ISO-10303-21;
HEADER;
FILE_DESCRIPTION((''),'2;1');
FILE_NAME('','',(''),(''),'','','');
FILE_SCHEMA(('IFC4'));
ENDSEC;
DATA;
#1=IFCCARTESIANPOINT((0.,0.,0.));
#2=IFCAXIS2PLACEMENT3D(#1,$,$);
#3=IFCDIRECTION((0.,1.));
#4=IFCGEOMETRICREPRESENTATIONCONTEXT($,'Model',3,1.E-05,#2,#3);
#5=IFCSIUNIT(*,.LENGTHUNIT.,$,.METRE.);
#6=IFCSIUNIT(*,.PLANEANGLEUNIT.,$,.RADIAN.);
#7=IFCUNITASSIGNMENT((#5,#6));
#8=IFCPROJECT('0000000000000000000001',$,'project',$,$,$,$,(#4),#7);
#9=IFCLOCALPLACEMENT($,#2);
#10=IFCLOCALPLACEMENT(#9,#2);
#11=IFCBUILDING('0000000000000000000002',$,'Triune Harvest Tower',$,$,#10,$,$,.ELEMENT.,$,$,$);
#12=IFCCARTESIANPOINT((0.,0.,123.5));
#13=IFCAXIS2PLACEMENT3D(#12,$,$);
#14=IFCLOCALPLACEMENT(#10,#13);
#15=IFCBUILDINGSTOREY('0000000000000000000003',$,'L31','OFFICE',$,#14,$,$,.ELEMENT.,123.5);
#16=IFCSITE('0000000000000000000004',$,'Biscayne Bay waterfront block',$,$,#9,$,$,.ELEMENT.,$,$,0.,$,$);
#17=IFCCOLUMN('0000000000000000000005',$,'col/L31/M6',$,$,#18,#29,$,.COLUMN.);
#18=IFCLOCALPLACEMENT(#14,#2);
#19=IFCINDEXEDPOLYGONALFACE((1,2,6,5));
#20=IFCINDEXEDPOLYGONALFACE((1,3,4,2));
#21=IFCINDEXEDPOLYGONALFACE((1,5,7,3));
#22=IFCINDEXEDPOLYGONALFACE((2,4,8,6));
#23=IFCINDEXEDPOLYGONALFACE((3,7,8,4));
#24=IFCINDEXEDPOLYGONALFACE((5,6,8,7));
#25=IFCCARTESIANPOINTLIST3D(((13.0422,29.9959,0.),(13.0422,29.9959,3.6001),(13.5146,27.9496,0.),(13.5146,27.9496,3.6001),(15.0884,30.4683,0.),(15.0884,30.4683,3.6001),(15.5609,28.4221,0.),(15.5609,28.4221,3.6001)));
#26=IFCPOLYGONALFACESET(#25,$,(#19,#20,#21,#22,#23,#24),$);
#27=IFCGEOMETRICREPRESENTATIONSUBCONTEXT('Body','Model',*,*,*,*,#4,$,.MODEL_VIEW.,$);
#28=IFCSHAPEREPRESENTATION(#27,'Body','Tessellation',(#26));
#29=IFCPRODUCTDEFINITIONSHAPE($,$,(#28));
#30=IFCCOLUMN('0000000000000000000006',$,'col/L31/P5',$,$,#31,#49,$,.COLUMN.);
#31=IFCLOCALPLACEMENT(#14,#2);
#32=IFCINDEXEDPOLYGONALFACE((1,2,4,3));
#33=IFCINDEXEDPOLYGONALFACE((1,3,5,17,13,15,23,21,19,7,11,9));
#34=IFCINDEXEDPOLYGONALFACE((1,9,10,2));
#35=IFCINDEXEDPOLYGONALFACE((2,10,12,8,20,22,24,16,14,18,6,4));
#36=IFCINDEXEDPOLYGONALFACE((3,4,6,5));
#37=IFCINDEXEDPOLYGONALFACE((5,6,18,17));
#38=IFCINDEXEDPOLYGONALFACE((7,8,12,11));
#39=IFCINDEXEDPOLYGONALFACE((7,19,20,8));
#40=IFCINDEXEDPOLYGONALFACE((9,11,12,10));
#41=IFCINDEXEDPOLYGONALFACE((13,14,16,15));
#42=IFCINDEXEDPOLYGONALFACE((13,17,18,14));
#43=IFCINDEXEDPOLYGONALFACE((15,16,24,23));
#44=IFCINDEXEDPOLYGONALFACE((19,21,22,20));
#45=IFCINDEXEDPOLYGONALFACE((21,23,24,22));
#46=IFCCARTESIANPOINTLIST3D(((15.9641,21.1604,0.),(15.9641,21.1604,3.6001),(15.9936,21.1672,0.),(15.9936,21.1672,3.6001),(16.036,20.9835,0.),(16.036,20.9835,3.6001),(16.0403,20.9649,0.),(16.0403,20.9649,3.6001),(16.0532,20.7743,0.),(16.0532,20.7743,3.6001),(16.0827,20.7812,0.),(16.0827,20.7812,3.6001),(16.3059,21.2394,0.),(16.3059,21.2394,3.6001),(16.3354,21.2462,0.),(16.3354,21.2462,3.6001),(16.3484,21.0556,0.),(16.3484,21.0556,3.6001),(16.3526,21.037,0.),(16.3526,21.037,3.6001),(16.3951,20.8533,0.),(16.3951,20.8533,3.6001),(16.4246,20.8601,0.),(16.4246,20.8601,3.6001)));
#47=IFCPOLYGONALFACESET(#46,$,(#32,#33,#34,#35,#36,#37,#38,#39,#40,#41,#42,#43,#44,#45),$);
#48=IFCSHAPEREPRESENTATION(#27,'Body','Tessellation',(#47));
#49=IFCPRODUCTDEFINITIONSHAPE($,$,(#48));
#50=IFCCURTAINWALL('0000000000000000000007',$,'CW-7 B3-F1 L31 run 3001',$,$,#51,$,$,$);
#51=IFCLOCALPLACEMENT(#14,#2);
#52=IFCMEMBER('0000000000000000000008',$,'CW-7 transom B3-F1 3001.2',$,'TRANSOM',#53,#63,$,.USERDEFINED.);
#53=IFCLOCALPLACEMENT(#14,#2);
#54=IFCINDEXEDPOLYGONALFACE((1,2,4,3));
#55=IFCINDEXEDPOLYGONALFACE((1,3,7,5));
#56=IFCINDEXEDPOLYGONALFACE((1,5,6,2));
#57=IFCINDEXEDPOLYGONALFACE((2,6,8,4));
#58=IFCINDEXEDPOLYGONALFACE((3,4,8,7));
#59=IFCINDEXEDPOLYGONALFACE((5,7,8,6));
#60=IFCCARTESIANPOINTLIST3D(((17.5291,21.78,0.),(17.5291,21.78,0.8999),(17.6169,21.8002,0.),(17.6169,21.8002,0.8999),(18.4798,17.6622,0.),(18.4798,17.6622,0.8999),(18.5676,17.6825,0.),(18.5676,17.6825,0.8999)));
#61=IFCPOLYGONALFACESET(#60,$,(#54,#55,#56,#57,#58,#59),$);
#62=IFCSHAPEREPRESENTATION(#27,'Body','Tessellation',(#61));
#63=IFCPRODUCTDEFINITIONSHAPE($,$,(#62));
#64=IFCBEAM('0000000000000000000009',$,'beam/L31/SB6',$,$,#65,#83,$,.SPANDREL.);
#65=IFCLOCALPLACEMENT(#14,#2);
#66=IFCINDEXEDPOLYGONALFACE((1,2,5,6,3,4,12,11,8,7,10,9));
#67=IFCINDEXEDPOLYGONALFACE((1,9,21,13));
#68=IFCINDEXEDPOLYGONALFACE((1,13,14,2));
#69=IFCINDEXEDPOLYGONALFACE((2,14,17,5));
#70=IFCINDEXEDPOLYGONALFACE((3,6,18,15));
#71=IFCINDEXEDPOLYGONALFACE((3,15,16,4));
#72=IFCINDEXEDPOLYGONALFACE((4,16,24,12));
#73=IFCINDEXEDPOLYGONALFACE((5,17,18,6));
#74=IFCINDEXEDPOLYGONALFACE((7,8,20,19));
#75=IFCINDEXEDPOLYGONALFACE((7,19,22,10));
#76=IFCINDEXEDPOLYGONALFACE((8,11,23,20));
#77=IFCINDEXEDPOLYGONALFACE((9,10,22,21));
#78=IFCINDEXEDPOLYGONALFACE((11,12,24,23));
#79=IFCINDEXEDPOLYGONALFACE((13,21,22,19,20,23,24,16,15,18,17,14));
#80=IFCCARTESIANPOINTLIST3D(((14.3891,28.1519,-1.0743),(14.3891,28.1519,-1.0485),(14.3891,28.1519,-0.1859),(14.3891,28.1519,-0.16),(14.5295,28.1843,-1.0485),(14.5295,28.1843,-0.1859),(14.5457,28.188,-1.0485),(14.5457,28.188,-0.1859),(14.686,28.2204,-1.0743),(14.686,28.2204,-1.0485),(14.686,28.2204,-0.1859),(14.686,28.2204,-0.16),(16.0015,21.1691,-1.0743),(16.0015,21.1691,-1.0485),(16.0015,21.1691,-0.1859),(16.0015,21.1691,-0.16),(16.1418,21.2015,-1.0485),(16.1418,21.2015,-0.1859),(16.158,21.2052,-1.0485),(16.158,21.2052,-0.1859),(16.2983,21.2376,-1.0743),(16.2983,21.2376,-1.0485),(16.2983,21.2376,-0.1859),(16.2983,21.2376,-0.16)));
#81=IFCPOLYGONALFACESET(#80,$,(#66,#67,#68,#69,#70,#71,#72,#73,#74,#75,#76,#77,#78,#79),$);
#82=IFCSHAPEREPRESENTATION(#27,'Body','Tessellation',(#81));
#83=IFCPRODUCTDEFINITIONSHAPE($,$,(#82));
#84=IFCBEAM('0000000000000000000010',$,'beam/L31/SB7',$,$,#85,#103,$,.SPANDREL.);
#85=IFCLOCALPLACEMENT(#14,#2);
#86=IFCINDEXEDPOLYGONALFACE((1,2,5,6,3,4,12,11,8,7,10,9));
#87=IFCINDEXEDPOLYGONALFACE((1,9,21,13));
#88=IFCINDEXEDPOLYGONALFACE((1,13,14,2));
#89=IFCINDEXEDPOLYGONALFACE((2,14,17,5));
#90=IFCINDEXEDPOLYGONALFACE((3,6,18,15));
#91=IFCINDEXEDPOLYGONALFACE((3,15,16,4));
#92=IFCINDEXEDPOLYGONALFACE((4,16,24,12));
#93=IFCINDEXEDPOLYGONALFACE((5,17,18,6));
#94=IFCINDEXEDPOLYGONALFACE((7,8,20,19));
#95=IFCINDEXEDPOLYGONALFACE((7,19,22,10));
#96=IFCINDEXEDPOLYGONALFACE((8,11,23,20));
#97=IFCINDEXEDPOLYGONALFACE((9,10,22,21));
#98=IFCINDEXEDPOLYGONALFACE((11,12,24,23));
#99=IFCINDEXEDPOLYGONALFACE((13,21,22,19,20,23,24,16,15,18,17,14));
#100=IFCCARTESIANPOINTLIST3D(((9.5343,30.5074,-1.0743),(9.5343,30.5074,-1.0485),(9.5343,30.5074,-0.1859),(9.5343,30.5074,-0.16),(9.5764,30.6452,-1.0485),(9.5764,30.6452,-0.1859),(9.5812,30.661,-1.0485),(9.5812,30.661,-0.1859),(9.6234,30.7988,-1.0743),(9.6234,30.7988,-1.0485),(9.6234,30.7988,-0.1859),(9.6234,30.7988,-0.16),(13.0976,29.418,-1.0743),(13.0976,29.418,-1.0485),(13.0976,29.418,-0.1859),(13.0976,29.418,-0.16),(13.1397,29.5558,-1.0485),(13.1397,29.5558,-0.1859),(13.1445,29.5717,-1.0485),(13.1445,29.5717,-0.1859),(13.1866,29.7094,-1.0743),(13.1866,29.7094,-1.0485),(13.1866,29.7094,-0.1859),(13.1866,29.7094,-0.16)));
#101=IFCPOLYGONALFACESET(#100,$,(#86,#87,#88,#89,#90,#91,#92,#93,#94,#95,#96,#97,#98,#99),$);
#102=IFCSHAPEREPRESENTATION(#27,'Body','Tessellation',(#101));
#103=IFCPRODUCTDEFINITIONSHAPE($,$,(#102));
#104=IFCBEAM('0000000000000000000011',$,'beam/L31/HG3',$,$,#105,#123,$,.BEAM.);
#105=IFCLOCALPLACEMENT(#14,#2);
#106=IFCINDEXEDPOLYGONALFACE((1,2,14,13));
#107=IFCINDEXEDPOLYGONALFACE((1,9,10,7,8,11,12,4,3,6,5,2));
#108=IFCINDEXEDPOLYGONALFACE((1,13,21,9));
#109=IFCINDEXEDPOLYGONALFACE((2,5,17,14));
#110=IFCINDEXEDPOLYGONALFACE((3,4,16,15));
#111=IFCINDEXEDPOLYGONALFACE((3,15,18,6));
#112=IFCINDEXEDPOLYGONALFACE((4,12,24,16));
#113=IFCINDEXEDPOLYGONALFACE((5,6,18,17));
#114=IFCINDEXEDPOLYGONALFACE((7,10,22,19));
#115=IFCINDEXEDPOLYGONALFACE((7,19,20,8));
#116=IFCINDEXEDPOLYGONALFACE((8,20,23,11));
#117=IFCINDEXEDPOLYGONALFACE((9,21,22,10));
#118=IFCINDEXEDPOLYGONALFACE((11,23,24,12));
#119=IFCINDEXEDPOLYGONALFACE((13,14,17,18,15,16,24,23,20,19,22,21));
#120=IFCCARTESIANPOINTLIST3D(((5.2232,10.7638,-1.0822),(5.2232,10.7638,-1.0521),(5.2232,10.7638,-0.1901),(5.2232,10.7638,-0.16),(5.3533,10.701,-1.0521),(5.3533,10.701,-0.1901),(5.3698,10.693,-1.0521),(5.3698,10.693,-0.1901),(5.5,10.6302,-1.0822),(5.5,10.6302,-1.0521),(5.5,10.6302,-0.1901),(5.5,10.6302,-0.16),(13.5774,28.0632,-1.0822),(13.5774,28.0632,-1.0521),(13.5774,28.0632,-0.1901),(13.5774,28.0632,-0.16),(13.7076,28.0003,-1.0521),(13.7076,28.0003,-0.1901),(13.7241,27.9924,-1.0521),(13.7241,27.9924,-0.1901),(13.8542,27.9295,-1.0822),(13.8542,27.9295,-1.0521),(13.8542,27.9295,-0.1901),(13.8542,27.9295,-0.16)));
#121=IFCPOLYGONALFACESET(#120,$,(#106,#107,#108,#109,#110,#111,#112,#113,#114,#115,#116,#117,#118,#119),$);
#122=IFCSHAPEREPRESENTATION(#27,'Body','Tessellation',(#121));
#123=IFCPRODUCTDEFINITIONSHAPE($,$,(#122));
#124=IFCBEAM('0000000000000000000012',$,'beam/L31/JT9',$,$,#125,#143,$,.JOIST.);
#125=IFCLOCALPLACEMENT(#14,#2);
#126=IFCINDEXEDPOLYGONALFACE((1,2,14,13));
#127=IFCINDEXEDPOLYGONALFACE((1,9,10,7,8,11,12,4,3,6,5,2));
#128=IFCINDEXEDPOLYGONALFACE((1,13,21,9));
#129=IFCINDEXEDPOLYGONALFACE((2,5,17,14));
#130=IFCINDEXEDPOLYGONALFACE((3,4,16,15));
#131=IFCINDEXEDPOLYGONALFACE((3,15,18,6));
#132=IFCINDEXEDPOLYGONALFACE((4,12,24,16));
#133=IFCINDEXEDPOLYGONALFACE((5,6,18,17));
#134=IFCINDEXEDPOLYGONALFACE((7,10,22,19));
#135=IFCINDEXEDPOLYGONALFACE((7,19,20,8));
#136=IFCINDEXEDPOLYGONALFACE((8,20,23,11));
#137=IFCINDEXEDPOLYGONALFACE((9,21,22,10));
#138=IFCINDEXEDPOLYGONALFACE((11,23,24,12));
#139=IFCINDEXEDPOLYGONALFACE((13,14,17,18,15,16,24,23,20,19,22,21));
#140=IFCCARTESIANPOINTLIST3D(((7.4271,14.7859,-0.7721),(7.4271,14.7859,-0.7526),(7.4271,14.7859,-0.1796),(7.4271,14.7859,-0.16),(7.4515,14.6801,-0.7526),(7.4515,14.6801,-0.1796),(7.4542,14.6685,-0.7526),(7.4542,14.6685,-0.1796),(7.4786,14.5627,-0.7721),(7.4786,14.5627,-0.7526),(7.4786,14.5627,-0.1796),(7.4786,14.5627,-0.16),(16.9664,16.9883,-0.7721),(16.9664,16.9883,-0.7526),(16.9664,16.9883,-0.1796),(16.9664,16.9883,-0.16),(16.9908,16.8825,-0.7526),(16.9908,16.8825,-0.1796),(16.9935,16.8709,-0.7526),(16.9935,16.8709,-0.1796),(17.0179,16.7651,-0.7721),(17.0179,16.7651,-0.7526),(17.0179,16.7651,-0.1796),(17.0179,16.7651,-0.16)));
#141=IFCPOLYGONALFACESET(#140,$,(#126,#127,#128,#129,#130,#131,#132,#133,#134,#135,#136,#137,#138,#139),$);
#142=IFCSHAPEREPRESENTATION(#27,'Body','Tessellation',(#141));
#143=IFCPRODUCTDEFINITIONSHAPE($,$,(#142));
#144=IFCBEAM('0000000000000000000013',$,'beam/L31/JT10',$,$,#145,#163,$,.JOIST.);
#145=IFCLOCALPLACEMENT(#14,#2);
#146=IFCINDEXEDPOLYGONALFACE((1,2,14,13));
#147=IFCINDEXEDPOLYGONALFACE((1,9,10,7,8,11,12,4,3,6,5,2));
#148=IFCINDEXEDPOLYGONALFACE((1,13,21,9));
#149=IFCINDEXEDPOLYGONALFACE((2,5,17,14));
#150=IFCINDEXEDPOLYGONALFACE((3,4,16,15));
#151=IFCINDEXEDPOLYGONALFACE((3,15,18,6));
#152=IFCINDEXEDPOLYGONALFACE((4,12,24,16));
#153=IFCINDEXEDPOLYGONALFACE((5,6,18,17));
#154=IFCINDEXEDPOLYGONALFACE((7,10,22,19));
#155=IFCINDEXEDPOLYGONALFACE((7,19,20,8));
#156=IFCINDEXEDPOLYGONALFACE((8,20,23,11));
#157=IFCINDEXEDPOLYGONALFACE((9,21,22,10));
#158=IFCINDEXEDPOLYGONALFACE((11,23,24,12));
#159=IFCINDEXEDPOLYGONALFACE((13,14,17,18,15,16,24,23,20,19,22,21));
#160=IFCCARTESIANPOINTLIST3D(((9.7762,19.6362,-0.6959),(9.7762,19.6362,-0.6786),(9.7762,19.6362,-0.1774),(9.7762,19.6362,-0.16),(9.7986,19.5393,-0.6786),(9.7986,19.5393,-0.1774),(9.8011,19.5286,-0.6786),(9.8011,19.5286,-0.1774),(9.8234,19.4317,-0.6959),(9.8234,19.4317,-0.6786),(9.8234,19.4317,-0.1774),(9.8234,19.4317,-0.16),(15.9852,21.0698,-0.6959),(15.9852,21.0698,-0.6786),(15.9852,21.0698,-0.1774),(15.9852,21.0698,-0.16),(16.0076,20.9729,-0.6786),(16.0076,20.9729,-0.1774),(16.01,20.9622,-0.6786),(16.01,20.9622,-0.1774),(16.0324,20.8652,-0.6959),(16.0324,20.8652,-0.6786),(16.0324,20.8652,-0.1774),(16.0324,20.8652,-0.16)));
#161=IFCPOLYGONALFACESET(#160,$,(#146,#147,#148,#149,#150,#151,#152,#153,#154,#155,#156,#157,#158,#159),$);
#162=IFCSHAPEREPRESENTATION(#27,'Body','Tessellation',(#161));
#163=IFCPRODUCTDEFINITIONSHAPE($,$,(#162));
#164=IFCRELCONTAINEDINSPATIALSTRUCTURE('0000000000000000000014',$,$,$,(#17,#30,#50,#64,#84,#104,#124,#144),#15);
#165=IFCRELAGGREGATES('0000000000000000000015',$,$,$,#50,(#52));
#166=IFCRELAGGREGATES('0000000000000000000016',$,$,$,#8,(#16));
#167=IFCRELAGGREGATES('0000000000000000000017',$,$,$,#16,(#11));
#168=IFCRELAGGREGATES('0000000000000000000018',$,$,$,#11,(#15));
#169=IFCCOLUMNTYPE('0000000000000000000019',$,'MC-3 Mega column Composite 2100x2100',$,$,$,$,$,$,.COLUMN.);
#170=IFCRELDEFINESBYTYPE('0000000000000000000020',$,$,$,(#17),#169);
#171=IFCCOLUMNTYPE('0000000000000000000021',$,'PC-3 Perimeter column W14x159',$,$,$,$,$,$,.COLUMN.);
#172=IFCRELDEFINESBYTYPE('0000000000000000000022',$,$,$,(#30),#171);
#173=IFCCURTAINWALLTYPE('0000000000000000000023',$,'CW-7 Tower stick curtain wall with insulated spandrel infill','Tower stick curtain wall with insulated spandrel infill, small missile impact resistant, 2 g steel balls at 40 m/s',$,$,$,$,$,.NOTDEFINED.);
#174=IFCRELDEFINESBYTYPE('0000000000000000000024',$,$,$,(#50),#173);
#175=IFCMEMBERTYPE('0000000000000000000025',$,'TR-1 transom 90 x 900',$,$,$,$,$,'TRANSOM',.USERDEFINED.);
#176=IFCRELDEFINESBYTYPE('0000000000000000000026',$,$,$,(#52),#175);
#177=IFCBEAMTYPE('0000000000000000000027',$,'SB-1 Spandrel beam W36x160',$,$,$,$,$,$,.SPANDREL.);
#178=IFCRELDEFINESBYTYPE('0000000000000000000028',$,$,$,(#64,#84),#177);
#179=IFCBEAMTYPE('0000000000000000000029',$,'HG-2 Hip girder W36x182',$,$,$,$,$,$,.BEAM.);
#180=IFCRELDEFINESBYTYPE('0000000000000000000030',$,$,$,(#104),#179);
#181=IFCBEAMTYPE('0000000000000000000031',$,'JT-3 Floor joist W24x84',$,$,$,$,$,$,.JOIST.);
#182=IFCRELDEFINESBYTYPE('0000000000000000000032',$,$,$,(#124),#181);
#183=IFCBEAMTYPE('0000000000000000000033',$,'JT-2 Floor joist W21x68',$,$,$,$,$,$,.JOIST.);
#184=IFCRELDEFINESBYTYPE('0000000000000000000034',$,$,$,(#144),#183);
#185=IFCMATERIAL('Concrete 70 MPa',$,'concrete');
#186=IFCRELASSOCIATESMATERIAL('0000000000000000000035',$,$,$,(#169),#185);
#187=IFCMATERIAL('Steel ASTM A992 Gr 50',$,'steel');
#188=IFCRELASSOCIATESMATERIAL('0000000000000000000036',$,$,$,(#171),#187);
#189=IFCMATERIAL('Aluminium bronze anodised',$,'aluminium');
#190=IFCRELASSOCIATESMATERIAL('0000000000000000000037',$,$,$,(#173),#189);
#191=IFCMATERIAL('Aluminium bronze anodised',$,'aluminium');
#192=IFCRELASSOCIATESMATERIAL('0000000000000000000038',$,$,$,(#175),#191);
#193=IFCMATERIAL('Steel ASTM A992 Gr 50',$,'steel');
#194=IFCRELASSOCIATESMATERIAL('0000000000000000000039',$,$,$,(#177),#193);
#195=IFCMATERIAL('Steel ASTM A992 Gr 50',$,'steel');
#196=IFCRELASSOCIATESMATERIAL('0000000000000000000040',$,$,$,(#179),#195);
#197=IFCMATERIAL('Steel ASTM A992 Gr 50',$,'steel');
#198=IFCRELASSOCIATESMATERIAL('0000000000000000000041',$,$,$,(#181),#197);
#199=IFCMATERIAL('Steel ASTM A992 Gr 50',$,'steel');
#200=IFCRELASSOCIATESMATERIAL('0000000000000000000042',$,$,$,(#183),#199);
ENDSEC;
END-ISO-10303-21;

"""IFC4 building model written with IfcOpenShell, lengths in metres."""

from ifc_helpers import new_model, si_unit, direction, frame, origin, origin_2d, place, context, subcontext, project, spatial, rectangle, i_section, extrude, source, transform, mapped, material, material_profile, profile_set, type_object, element, aggregate, save


model = new_model("IFC4")

# Units and contexts
model_context = context("Model", 3, precision=1e-05, world=origin(), true_north=direction((0.0, 1.0)))
body_context = subcontext(model_context, "Body", "Model", "MODEL_VIEW")
ifc_project = project(units=[si_unit("LENGTHUNIT", "METRE"), si_unit("PLANEANGLEUNIT", "RADIAN")], contexts=[model_context])

# Site, building, storey
site_placement = place(None, origin())
site = spatial("IfcSite", under=ifc_project, at=site_placement, Name="Biscayne Bay waterfront block", CompositionType="ELEMENT", RefElevation=0.0)
building_placement = place(site_placement, origin())
building = spatial("IfcBuilding", under=site, at=building_placement, Name="Triune Harvest Tower", CompositionType="ELEMENT")
storey_placement = place(building_placement, frame((0.0, 0.0, 123.5)))
storey = spatial("IfcBuildingStorey", under=building, at=storey_placement, Name="L31", Description="OFFICE", CompositionType="ELEMENT", Elevation=123.5)

# Columns
ifc_material_1 = material(Name="Concrete 70 MPa", Category="concrete")
ifc_material_profile_1 = material_profile(ifc_material_1, rectangle(XDim=2.1001, YDim=2.1001, at=origin_2d()), Name="Composite 2100x2100")
ifc_profile_set_1 = profile_set([ifc_material_profile_1], Name="Concrete 70 MPa")
column_type_1 = type_object("IfcColumnType", Name="MC-3 Mega column Composite 2100x2100", PredefinedType="COLUMN", material=ifc_profile_set_1)
shared_shape_1 = source(origin(), body_context, "Body", "SweptSolid", [
    extrude(rectangle(XDim=2.1001, YDim=2.1001, at=origin_2d()), origin(), (0.0, 0.0, 1.0), 3.6001),
])
column_1_placement = place(storey_placement, frame((14.3015, 29.209, 0.0), z_axis=(0.0, 0.0, 1.0), x_axis=(-0.224953, 0.97437, 0.0)))
element("IfcColumn", 1, at=column_1_placement, inside=storey, type_object=column_type_1, Name="col/L31/M6", PredefinedType="COLUMN", context=body_context, shape_type="MappedRepresentation", body=[
    mapped(shared_shape_1, transform((0.0, 0.0, 0.0), scale=1.0)),
])
ifc_material_2 = material(Name="Steel ASTM A992 Gr 50", Category="steel")
ifc_material_profile_2 = material_profile(ifc_material_2, i_section(OverallWidth=0.3962, OverallDepth=0.3811, WebThickness=0.019, FlangeThickness=0.0303, at=origin_2d()), Name="W14x159")
ifc_profile_set_2 = profile_set([ifc_material_profile_2], Name="Steel ASTM A992 Gr 50")
column_type_2 = type_object("IfcColumnType", Name="PC-3 Perimeter column W14x159", PredefinedType="COLUMN", material=ifc_profile_set_2)
shared_shape_2 = source(origin(), body_context, "Body", "SweptSolid", [
    extrude(i_section(OverallWidth=0.3962, OverallDepth=0.3811, WebThickness=0.019, FlangeThickness=0.0303, at=origin_2d()), origin(), (0.0, 0.0, 1.0), 3.6001),
])
column_2_placement = place(storey_placement, frame((16.1943, 21.0103, 0.0), z_axis=(0.0, 0.0, 1.0), x_axis=(-0.224953, 0.97437, 0.0)))
element("IfcColumn", 2, at=column_2_placement, inside=storey, type_object=column_type_2, Name="col/L31/P5", PredefinedType="COLUMN", context=body_context, shape_type="MappedRepresentation", body=[
    mapped(shared_shape_2, transform((0.0, 0.0, 0.0), scale=1.0)),
])

# Curtain wall, member
ifc_material_3 = material(Name="Aluminium bronze anodised", Category="aluminium")
curtain_wall_type_1 = type_object("IfcCurtainWallType", Name="CW-7 Tower stick curtain wall with insulated spandrel infill", Description="Tower stick curtain wall with insulated spandrel infill, small missile impact resistant, 2 g steel balls at 40 m/s", PredefinedType="NOTDEFINED", material=ifc_material_3)
curtain_wall_1_placement = place(storey_placement, origin())
curtain_wall_1 = element("IfcCurtainWall", 3, at=curtain_wall_1_placement, inside=storey, type_object=curtain_wall_type_1, Name="CW-7 B3-F1 L31 run 3001")
ifc_material_4 = material(Name="Aluminium bronze anodised", Category="aluminium")
ifc_material_profile_3 = material_profile(ifc_material_4, rectangle(XDim=0.0901, YDim=0.8999, at=origin_2d()), Name="TR-1 transom 90 x 900")
ifc_profile_set_3 = profile_set([ifc_material_profile_3], Name="Aluminium bronze anodised")
member_type_1 = type_object("IfcMemberType", Name="TR-1 transom 90 x 900", ElementType="TRANSOM", PredefinedType="USERDEFINED", material=ifc_profile_set_3)
member_1_placement = place(storey_placement, frame((18.5237, 17.6724, 0.45), z_axis=(-0.224961, 0.974368, 0.0), x_axis=(-0.974368, -0.224961, 0.0)))
member_1 = element("IfcMember", 4, at=member_1_placement, type_object=member_type_1, Name="CW-7 transom B3-F1 3001.2", ObjectType="TRANSOM", PredefinedType="USERDEFINED", context=body_context, shape_type="SweptSolid", body=[
    extrude(rectangle(XDim=0.0901, YDim=0.8999, at=origin_2d()), origin(), (0.0, 0.0, 1.0), 4.2261),
])

# Beams
ifc_material_5 = material(Name="Steel ASTM A992 Gr 50", Category="steel")
ifc_material_profile_4 = material_profile(ifc_material_5, i_section(OverallWidth=0.3047, OverallDepth=0.9143, WebThickness=0.0166, FlangeThickness=0.0259, at=origin_2d()), Name="W36x160")
ifc_profile_set_4 = profile_set([ifc_material_profile_4], Name="Steel ASTM A992 Gr 50")
beam_type_1 = type_object("IfcBeamType", Name="SB-1 Spandrel beam W36x160", PredefinedType="SPANDREL", material=ifc_profile_set_4)
shared_shape_3 = source(origin(), body_context, "Body", "SweptSolid", [
    extrude(i_section(OverallWidth=0.3047, OverallDepth=0.9143, WebThickness=0.0166, FlangeThickness=0.0259, at=origin_2d()), origin(), (0.0, 0.0, 1.0), 7.1665),
])
beam_1_placement = place(storey_placement, frame((16.1499, 21.2034, -0.6172), z_axis=(-0.224981, 0.974363, 0.0), x_axis=(-0.974363, -0.224981, 0.0)))
element("IfcBeam", 5, at=beam_1_placement, inside=storey, type_object=beam_type_1, Name="beam/L31/SB6", PredefinedType="SPANDREL", context=body_context, shape_type="MappedRepresentation", body=[
    mapped(shared_shape_3, transform((0.0, 0.0, 0.0), scale=1.0)),
])
shared_shape_4 = source(origin(), body_context, "Body", "SweptSolid", [
    extrude(i_section(OverallWidth=0.3047, OverallDepth=0.9143, WebThickness=0.0166, FlangeThickness=0.0259, at=origin_2d()), origin(), (0.0, 0.0, 1.0), 3.7261),
])
beam_2_placement = place(storey_placement, frame((13.1421, 29.5637, -0.6172), z_axis=(-0.956307, 0.292363, 0.0), x_axis=(-0.292363, -0.956307, 0.0)))
element("IfcBeam", 6, at=beam_2_placement, inside=storey, type_object=beam_type_1, Name="beam/L31/SB7", PredefinedType="SPANDREL", context=body_context, shape_type="MappedRepresentation", body=[
    mapped(shared_shape_4, transform((0.0, 0.0, 0.0), scale=1.0)),
])
ifc_material_6 = material(Name="Steel ASTM A992 Gr 50", Category="steel")
ifc_material_profile_5 = material_profile(ifc_material_6, i_section(OverallWidth=0.3074, OverallDepth=0.9221, WebThickness=0.0183, FlangeThickness=0.03, at=origin_2d()), Name="W36x182")
ifc_profile_set_5 = profile_set([ifc_material_profile_5], Name="Steel ASTM A992 Gr 50")
beam_type_2 = type_object("IfcBeamType", Name="HG-2 Hip girder W36x182", PredefinedType="BEAM", material=ifc_profile_set_5)
shared_shape_5 = source(origin(), body_context, "Body", "SweptSolid", [
    extrude(i_section(OverallWidth=0.3074, OverallDepth=0.9221, WebThickness=0.0183, FlangeThickness=0.03, at=origin_2d()), origin(), (0.0, 0.0, 1.0), 19.2109),
])
beam_3_placement = place(storey_placement, frame((13.7158, 27.9963, -0.6211), z_axis=(-0.43487, -0.900493, 0.0), x_axis=(0.900493, -0.43487, 0.0)))
element("IfcBeam", 7, at=beam_3_placement, inside=storey, type_object=beam_type_2, Name="beam/L31/HG3", PredefinedType="BEAM", context=body_context, shape_type="MappedRepresentation", body=[
    mapped(shared_shape_5, transform((0.0, 0.0, 0.0), scale=1.0)),
])
ifc_material_7 = material(Name="Steel ASTM A992 Gr 50", Category="steel")
ifc_material_profile_6 = material_profile(ifc_material_7, i_section(OverallWidth=0.229, OverallDepth=0.6121, WebThickness=0.012, FlangeThickness=0.0195, at=origin_2d()), Name="W24x84")
ifc_profile_set_6 = profile_set([ifc_material_profile_6], Name="Steel ASTM A992 Gr 50")
beam_type_3 = type_object("IfcBeamType", Name="JT-3 Floor joist W24x84", PredefinedType="JOIST", material=ifc_profile_set_6)
shared_shape_6 = source(origin(), body_context, "Body", "SweptSolid", [
    extrude(i_section(OverallWidth=0.229, OverallDepth=0.6121, WebThickness=0.012, FlangeThickness=0.0195, at=origin_2d()), origin(), (0.0, 0.0, 1.0), 9.7903),
])
beam_4_placement = place(storey_placement, frame((16.9922, 16.8767, -0.4661), z_axis=(-0.974368, -0.224958, 0.0), x_axis=(0.224958, -0.974368, 0.0)))
element("IfcBeam", 8, at=beam_4_placement, inside=storey, type_object=beam_type_3, Name="beam/L31/JT9", PredefinedType="JOIST", context=body_context, shape_type="MappedRepresentation", body=[
    mapped(shared_shape_6, transform((0.0, 0.0, 0.0), scale=1.0)),
])
ifc_material_8 = material(Name="Steel ASTM A992 Gr 50", Category="steel")
ifc_material_profile_7 = material_profile(ifc_material_8, i_section(OverallWidth=0.21, OverallDepth=0.5359, WebThickness=0.011, FlangeThickness=0.0173, at=origin_2d()), Name="W21x68")
ifc_profile_set_7 = profile_set([ifc_material_profile_7], Name="Steel ASTM A992 Gr 50")
beam_type_4 = type_object("IfcBeamType", Name="JT-2 Floor joist W21x68", PredefinedType="JOIST", material=ifc_profile_set_7)
shared_shape_7 = source(origin(), body_context, "Body", "SweptSolid", [
    extrude(i_section(OverallWidth=0.21, OverallDepth=0.5359, WebThickness=0.011, FlangeThickness=0.0173, at=origin_2d()), origin(), (0.0, 0.0, 1.0), 6.3723),
])
beam_5_placement = place(storey_placement, frame((16.0088, 20.9675, -0.428), z_axis=(-0.974365, -0.224971, 0.0), x_axis=(0.224971, -0.974365, 0.0)))
element("IfcBeam", 9, at=beam_5_placement, inside=storey, type_object=beam_type_4, Name="beam/L31/JT10", PredefinedType="JOIST", context=body_context, shape_type="MappedRepresentation", body=[
    mapped(shared_shape_7, transform((0.0, 0.0, 0.0), scale=1.0)),
])

aggregate(curtain_wall_1, [member_1])

save(model, "model.ifc")
